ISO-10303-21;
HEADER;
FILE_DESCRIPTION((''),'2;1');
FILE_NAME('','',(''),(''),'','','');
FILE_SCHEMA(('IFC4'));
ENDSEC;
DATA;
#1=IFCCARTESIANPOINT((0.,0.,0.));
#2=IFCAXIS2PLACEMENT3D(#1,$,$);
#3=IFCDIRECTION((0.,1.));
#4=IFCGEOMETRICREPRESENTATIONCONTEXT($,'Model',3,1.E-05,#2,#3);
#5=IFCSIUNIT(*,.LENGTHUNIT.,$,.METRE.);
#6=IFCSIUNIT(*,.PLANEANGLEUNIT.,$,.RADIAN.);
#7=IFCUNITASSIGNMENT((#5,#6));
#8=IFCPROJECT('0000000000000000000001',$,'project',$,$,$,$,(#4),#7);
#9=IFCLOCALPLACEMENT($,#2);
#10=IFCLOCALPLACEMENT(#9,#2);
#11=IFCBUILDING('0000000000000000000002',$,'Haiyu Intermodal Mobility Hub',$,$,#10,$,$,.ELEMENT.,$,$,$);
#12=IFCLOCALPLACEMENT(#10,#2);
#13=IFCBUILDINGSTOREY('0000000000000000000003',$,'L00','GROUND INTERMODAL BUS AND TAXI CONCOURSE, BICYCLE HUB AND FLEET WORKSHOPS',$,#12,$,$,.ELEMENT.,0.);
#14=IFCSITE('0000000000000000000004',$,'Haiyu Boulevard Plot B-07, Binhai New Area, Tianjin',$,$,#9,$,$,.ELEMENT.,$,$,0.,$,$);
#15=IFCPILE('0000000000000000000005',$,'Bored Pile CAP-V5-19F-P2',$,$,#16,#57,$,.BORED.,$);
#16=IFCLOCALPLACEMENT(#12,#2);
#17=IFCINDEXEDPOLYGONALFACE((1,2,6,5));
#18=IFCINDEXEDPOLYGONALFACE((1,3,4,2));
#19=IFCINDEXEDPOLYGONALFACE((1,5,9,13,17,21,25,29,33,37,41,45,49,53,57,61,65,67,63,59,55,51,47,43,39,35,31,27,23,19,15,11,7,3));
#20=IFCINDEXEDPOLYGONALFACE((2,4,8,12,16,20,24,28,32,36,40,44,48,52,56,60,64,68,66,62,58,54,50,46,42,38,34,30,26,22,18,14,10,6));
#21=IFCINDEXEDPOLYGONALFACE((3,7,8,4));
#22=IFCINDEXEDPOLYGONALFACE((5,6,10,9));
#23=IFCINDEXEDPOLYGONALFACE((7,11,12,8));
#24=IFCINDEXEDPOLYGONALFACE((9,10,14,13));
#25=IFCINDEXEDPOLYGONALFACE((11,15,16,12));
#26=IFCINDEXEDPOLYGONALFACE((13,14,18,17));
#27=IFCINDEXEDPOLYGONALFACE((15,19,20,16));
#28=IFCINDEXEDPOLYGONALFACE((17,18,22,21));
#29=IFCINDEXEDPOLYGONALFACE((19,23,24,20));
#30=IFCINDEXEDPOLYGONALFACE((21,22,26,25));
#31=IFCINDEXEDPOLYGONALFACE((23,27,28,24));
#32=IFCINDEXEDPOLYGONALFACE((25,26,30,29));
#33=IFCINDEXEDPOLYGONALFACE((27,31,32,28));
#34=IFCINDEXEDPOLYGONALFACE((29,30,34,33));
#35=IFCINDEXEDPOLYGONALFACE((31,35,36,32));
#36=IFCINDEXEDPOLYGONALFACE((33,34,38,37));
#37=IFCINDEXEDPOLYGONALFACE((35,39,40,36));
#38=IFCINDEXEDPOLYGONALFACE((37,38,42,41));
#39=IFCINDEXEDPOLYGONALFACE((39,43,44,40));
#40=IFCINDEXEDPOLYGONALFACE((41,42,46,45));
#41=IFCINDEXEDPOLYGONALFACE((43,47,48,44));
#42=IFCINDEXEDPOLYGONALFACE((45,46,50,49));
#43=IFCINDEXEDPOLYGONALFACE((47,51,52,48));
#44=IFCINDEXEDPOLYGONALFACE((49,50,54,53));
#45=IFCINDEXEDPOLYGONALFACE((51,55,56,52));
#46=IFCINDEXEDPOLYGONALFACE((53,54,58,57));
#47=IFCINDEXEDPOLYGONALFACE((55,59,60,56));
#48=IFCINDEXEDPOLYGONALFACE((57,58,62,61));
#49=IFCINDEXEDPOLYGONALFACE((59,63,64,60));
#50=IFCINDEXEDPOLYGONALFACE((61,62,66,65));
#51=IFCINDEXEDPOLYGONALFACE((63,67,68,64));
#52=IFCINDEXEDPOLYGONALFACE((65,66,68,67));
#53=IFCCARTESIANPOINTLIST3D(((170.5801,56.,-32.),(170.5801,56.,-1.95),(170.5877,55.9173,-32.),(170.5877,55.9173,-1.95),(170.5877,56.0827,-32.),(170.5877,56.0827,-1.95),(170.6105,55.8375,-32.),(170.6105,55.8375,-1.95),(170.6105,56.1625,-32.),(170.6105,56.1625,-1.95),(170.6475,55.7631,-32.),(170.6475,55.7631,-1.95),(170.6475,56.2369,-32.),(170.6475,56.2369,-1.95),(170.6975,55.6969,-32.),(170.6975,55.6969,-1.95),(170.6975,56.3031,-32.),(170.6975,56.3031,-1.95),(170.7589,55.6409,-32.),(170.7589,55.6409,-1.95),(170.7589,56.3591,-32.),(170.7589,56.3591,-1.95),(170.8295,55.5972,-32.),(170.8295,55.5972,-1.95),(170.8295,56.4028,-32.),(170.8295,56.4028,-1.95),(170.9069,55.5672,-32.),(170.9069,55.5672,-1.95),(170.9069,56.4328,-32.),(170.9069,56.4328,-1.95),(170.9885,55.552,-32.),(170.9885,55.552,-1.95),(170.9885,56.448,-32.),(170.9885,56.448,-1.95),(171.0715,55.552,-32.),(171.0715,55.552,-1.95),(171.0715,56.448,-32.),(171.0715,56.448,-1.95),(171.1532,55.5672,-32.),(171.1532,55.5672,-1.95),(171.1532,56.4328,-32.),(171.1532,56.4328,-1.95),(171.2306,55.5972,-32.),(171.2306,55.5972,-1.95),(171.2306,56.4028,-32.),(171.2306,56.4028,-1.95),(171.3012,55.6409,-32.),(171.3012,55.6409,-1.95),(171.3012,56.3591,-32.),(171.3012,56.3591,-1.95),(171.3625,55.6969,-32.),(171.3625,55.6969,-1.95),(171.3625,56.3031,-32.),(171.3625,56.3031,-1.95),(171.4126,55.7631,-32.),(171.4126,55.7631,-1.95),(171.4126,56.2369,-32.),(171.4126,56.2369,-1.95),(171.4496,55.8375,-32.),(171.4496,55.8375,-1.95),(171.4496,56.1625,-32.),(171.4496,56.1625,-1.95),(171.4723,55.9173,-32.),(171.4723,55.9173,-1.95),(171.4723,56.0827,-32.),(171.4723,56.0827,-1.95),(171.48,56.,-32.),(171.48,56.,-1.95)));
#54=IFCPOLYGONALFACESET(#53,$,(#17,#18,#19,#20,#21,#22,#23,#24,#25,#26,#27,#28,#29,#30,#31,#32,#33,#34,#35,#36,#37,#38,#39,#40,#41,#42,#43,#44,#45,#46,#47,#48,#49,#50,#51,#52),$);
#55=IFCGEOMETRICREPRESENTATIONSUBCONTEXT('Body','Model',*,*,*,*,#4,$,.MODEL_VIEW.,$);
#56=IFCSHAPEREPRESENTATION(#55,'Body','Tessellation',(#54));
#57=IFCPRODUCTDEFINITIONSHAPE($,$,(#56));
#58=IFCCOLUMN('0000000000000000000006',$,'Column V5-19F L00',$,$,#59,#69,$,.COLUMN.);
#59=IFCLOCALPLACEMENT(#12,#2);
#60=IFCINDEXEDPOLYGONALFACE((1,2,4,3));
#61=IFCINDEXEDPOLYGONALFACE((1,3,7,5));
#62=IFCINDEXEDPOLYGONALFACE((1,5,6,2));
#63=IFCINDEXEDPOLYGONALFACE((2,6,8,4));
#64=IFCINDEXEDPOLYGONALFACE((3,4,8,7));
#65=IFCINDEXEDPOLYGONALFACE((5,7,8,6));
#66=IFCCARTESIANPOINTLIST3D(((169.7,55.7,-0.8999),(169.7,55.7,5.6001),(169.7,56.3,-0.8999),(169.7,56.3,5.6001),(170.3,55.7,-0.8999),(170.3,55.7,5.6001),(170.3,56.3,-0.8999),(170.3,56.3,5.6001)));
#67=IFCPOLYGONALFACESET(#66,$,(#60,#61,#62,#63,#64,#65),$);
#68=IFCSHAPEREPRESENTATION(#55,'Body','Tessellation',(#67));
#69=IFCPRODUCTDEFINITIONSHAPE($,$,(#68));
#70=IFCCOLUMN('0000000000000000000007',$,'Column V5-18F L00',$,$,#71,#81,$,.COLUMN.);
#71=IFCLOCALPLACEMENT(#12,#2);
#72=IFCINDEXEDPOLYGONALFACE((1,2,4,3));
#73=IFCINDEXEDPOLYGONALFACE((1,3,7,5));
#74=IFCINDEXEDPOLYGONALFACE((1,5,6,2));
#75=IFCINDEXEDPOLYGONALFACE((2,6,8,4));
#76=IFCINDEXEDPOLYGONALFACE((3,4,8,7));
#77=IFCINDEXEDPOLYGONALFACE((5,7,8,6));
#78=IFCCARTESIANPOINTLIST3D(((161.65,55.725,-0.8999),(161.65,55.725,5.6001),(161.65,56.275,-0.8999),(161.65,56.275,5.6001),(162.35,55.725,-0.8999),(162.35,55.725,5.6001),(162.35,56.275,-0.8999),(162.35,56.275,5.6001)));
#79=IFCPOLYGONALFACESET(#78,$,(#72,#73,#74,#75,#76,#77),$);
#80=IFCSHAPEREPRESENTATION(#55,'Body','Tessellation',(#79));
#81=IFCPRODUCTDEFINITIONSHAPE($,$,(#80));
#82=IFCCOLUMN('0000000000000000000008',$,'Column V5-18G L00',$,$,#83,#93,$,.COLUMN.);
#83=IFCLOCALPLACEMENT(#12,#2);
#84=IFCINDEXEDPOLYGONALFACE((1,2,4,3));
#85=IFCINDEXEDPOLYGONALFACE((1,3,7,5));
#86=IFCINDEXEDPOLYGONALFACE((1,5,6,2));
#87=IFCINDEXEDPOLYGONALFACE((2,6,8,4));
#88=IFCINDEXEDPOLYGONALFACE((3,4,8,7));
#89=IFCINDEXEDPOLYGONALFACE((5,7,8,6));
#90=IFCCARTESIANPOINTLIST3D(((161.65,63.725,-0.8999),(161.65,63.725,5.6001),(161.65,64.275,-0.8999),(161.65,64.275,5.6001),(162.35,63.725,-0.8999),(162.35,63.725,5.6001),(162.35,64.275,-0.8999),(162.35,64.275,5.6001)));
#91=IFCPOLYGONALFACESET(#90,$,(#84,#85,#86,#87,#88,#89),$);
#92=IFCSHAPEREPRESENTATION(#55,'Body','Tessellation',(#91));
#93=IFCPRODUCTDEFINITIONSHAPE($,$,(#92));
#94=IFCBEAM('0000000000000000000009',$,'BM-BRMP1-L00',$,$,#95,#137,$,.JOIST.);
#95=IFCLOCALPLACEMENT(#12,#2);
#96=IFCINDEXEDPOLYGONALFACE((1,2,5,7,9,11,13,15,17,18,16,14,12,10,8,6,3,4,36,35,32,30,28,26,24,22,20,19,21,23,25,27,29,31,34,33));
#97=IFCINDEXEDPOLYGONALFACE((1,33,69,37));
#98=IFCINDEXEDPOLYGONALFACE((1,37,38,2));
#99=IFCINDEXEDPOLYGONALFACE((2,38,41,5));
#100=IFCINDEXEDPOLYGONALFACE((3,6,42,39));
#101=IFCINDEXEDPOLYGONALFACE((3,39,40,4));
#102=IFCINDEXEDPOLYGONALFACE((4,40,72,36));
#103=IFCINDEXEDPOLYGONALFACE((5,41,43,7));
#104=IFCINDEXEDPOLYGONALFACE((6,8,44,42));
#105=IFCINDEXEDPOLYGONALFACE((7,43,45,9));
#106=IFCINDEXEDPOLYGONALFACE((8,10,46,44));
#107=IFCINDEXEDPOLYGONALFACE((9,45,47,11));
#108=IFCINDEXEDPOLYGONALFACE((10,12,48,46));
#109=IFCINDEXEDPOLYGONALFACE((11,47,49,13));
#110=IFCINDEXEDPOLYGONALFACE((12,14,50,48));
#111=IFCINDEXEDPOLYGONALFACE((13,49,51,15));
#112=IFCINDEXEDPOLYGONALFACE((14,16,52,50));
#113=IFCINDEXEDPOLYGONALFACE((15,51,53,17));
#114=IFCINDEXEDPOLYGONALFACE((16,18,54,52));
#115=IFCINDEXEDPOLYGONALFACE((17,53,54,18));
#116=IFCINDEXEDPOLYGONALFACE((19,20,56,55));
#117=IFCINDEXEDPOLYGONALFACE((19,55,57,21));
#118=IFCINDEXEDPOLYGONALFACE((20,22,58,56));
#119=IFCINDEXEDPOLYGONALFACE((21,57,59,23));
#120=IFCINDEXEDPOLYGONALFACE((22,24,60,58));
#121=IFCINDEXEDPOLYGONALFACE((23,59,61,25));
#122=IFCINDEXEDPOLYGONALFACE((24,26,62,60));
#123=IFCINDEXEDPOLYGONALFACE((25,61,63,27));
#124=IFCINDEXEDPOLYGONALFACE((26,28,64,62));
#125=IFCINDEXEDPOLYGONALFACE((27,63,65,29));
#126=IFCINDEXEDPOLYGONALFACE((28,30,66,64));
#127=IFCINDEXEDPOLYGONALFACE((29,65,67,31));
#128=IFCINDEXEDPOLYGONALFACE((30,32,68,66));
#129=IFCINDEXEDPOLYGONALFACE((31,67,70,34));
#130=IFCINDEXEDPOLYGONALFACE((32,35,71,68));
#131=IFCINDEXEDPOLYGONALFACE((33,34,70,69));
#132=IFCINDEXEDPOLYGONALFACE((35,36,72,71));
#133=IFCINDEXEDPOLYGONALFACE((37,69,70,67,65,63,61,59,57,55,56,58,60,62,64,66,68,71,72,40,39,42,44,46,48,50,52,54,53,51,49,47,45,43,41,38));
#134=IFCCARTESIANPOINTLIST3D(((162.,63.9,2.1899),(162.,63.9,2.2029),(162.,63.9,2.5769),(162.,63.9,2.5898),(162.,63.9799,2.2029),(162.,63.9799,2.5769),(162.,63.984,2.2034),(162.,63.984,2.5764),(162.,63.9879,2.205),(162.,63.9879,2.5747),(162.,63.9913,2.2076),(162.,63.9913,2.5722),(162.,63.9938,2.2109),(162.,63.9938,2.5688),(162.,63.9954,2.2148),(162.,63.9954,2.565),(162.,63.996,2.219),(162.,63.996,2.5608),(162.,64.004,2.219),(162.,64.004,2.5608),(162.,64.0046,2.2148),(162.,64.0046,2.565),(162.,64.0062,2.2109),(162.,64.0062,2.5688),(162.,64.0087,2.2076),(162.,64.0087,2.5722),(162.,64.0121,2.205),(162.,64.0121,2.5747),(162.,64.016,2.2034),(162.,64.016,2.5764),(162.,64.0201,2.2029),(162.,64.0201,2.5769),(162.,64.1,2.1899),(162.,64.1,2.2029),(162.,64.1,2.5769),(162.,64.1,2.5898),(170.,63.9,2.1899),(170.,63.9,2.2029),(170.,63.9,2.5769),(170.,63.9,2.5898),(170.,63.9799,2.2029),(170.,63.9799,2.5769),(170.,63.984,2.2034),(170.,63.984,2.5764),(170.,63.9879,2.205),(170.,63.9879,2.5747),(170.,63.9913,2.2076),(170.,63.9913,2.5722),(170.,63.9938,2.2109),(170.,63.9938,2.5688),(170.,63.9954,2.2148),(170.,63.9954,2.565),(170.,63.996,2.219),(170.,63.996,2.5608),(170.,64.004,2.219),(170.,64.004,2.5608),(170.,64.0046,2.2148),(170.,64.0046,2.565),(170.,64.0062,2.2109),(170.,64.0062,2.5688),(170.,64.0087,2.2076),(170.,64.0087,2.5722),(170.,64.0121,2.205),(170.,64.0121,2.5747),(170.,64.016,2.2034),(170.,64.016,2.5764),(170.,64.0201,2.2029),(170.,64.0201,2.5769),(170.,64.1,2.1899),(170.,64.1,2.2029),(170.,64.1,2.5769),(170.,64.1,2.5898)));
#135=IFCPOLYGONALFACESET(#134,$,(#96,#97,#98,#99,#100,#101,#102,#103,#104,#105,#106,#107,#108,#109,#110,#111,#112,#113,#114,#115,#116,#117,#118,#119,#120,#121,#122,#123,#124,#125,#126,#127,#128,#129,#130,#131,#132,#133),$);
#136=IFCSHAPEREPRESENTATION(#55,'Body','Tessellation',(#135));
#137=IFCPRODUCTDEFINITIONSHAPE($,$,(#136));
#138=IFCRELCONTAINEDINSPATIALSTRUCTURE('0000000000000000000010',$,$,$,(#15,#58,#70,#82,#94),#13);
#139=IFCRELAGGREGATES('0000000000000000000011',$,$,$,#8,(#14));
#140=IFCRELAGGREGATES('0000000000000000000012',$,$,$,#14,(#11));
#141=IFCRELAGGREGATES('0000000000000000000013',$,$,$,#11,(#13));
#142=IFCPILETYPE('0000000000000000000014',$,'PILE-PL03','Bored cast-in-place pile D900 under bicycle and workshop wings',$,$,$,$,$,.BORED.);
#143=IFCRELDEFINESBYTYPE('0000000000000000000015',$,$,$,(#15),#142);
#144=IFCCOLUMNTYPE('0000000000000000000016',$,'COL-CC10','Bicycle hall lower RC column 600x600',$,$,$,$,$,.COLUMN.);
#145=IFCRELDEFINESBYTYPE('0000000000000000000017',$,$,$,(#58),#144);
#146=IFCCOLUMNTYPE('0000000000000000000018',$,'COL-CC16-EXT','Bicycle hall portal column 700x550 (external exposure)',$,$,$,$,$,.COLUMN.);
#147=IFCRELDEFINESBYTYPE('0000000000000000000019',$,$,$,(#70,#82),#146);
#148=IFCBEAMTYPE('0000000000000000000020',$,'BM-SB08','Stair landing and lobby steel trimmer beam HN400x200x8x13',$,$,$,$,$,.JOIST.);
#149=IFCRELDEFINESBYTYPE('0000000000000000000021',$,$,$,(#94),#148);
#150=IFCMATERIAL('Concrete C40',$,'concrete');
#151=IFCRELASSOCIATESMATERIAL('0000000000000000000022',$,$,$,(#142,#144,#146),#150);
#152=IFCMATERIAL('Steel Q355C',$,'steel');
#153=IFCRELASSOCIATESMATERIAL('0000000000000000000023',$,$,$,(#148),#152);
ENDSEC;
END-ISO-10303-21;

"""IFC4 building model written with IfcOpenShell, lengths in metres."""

from ifc_helpers import new_model, si_unit, direction, frame, origin, origin_2d, place, context, subcontext, project, spatial, rectangle, circle, i_section, extrude, material, material_profile, profile_set, type_object, element, save


model = new_model("IFC4")

# Units and contexts
model_context = context("Model", 3, precision=1e-05, world=origin(), true_north=direction((0.0, 1.0)))
body_context = subcontext(model_context, "Body", "Model", "MODEL_VIEW")
ifc_project = project(units=[si_unit("LENGTHUNIT", "METRE"), si_unit("PLANEANGLEUNIT", "RADIAN")], contexts=[model_context])

# Site, building, storey
site_placement = place(None, origin())
site = spatial("IfcSite", under=ifc_project, at=site_placement, Name="Haiyu Boulevard Plot B-07, Binhai New Area, Tianjin", CompositionType="ELEMENT", RefElevation=0.0)
building_placement = place(site_placement, origin())
building = spatial("IfcBuilding", under=site, at=building_placement, Name="Haiyu Intermodal Mobility Hub", CompositionType="ELEMENT")
storey_placement = place(building_placement, origin())
storey = spatial("IfcBuildingStorey", under=building, at=storey_placement, Name="L00", Description="GROUND INTERMODAL BUS AND TAXI CONCOURSE, BICYCLE HUB AND FLEET WORKSHOPS", CompositionType="ELEMENT", Elevation=0.0)

# Shared definitions
ifc_material_1 = material(Name="Concrete C40", Category="concrete")

# Pile
ifc_material_profile_1 = material_profile(ifc_material_1, circle(Radius=0.45, at=origin_2d()), Name="PILE-D900")
ifc_profile_set_1 = profile_set([ifc_material_profile_1], Name="Concrete C40")
pile_type = type_object("IfcPileType", Name="PILE-PL03", Description="Bored cast-in-place pile D900 under bicycle and workshop wings", PredefinedType="BORED", material=ifc_profile_set_1)
for number, where, z_axis, x_axis, name in (
    (1, (171.03, 56.0, -1.95), (0.0, 0.0, -1.0), (1.0, 0.0, 0.0), "Bored Pile CAP-V5-19F-P2"),
):
    element("IfcPile", number, at=place(storey_placement, frame(where, z_axis=z_axis, x_axis=x_axis)), inside=storey, type_object=pile_type, Name=name, PredefinedType="BORED", context=body_context, shape_type="SweptSolid", body=[
        extrude(circle(Radius=0.45, at=origin_2d()), origin(), (0.0, 0.0, 1.0), 30.05),
    ])

# Columns
ifc_material_profile_2 = material_profile(ifc_material_1, rectangle(XDim=0.6001, YDim=0.6001, at=origin_2d()), Name="RC600x600")
ifc_profile_set_2 = profile_set([ifc_material_profile_2], Name="Concrete C40")
column_type_1 = type_object("IfcColumnType", Name="COL-CC10", Description="Bicycle hall lower RC column 600x600", PredefinedType="COLUMN", material=ifc_profile_set_2)
column_placement = place(storey_placement, frame((170.0, 56.0, -0.8999), z_axis=(0.0, 0.0, 1.0), x_axis=(1.0, 0.0, 0.0)))
element("IfcColumn", 2, at=column_placement, inside=storey, type_object=column_type_1, Name="Column V5-19F L00", PredefinedType="COLUMN", context=body_context, shape_type="SweptSolid", body=[
    extrude(rectangle(XDim=0.6001, YDim=0.6001, at=origin_2d()), origin(), (0.0, 0.0, 1.0), 6.5),
])
ifc_material_profile_3 = material_profile(ifc_material_1, rectangle(XDim=0.7, YDim=0.55, at=origin_2d()), Name="C700x550")
ifc_profile_set_3 = profile_set([ifc_material_profile_3], Name="Concrete C40")
column_type_2 = type_object("IfcColumnType", Name="COL-CC16-EXT", Description="Bicycle hall portal column 700x550 (external exposure)", PredefinedType="COLUMN", material=ifc_profile_set_3)
for number, where, z_axis, x_axis, name in (
    (3, (162.0, 56.0, -0.8999), (0.0, 0.0, 1.0), (1.0, 0.0, 0.0), "Column V5-18F L00"),
    (4, (162.0, 64.0, -0.8999), (0.0, 0.0, 1.0), (1.0, 0.0, 0.0), "Column V5-18G L00"),
):
    element("IfcColumn", number, at=place(storey_placement, frame(where, z_axis=z_axis, x_axis=x_axis)), inside=storey, type_object=column_type_2, Name=name, PredefinedType="COLUMN", context=body_context, shape_type="SweptSolid", body=[
        extrude(rectangle(XDim=0.7, YDim=0.55, at=origin_2d()), origin(), (0.0, 0.0, 1.0), 6.5),
    ])

# Beam
ifc_material_2 = material(Name="Steel Q355C", Category="steel")
ifc_material_profile_4 = material_profile(ifc_material_2, i_section(OverallWidth=0.2, OverallDepth=0.3999, WebThickness=0.0081, FlangeThickness=0.0129, FilletRadius=0.0161, at=origin_2d()), Name="HN400x200x8x13")
ifc_profile_set_4 = profile_set([ifc_material_profile_4], Name="Steel Q355C")
beam_type = type_object("IfcBeamType", Name="BM-SB08", Description="Stair landing and lobby steel trimmer beam HN400x200x8x13", PredefinedType="JOIST", material=ifc_profile_set_4)
beam_placement = place(storey_placement, frame((162.0, 64.0, 2.3899), z_axis=(1.0, 0.0, 0.0), x_axis=(0.0, 1.0, 0.0)))
element("IfcBeam", 5, at=beam_placement, inside=storey, type_object=beam_type, Name="BM-BRMP1-L00", PredefinedType="JOIST", context=body_context, shape_type="SweptSolid", body=[
    extrude(i_section(OverallWidth=0.2, OverallDepth=0.3999, WebThickness=0.0081, FlangeThickness=0.0129, FilletRadius=0.0161, at=origin_2d()), origin(), (0.0, 0.0, 1.0), 8.0),
])

save(model, "model.ifc")
